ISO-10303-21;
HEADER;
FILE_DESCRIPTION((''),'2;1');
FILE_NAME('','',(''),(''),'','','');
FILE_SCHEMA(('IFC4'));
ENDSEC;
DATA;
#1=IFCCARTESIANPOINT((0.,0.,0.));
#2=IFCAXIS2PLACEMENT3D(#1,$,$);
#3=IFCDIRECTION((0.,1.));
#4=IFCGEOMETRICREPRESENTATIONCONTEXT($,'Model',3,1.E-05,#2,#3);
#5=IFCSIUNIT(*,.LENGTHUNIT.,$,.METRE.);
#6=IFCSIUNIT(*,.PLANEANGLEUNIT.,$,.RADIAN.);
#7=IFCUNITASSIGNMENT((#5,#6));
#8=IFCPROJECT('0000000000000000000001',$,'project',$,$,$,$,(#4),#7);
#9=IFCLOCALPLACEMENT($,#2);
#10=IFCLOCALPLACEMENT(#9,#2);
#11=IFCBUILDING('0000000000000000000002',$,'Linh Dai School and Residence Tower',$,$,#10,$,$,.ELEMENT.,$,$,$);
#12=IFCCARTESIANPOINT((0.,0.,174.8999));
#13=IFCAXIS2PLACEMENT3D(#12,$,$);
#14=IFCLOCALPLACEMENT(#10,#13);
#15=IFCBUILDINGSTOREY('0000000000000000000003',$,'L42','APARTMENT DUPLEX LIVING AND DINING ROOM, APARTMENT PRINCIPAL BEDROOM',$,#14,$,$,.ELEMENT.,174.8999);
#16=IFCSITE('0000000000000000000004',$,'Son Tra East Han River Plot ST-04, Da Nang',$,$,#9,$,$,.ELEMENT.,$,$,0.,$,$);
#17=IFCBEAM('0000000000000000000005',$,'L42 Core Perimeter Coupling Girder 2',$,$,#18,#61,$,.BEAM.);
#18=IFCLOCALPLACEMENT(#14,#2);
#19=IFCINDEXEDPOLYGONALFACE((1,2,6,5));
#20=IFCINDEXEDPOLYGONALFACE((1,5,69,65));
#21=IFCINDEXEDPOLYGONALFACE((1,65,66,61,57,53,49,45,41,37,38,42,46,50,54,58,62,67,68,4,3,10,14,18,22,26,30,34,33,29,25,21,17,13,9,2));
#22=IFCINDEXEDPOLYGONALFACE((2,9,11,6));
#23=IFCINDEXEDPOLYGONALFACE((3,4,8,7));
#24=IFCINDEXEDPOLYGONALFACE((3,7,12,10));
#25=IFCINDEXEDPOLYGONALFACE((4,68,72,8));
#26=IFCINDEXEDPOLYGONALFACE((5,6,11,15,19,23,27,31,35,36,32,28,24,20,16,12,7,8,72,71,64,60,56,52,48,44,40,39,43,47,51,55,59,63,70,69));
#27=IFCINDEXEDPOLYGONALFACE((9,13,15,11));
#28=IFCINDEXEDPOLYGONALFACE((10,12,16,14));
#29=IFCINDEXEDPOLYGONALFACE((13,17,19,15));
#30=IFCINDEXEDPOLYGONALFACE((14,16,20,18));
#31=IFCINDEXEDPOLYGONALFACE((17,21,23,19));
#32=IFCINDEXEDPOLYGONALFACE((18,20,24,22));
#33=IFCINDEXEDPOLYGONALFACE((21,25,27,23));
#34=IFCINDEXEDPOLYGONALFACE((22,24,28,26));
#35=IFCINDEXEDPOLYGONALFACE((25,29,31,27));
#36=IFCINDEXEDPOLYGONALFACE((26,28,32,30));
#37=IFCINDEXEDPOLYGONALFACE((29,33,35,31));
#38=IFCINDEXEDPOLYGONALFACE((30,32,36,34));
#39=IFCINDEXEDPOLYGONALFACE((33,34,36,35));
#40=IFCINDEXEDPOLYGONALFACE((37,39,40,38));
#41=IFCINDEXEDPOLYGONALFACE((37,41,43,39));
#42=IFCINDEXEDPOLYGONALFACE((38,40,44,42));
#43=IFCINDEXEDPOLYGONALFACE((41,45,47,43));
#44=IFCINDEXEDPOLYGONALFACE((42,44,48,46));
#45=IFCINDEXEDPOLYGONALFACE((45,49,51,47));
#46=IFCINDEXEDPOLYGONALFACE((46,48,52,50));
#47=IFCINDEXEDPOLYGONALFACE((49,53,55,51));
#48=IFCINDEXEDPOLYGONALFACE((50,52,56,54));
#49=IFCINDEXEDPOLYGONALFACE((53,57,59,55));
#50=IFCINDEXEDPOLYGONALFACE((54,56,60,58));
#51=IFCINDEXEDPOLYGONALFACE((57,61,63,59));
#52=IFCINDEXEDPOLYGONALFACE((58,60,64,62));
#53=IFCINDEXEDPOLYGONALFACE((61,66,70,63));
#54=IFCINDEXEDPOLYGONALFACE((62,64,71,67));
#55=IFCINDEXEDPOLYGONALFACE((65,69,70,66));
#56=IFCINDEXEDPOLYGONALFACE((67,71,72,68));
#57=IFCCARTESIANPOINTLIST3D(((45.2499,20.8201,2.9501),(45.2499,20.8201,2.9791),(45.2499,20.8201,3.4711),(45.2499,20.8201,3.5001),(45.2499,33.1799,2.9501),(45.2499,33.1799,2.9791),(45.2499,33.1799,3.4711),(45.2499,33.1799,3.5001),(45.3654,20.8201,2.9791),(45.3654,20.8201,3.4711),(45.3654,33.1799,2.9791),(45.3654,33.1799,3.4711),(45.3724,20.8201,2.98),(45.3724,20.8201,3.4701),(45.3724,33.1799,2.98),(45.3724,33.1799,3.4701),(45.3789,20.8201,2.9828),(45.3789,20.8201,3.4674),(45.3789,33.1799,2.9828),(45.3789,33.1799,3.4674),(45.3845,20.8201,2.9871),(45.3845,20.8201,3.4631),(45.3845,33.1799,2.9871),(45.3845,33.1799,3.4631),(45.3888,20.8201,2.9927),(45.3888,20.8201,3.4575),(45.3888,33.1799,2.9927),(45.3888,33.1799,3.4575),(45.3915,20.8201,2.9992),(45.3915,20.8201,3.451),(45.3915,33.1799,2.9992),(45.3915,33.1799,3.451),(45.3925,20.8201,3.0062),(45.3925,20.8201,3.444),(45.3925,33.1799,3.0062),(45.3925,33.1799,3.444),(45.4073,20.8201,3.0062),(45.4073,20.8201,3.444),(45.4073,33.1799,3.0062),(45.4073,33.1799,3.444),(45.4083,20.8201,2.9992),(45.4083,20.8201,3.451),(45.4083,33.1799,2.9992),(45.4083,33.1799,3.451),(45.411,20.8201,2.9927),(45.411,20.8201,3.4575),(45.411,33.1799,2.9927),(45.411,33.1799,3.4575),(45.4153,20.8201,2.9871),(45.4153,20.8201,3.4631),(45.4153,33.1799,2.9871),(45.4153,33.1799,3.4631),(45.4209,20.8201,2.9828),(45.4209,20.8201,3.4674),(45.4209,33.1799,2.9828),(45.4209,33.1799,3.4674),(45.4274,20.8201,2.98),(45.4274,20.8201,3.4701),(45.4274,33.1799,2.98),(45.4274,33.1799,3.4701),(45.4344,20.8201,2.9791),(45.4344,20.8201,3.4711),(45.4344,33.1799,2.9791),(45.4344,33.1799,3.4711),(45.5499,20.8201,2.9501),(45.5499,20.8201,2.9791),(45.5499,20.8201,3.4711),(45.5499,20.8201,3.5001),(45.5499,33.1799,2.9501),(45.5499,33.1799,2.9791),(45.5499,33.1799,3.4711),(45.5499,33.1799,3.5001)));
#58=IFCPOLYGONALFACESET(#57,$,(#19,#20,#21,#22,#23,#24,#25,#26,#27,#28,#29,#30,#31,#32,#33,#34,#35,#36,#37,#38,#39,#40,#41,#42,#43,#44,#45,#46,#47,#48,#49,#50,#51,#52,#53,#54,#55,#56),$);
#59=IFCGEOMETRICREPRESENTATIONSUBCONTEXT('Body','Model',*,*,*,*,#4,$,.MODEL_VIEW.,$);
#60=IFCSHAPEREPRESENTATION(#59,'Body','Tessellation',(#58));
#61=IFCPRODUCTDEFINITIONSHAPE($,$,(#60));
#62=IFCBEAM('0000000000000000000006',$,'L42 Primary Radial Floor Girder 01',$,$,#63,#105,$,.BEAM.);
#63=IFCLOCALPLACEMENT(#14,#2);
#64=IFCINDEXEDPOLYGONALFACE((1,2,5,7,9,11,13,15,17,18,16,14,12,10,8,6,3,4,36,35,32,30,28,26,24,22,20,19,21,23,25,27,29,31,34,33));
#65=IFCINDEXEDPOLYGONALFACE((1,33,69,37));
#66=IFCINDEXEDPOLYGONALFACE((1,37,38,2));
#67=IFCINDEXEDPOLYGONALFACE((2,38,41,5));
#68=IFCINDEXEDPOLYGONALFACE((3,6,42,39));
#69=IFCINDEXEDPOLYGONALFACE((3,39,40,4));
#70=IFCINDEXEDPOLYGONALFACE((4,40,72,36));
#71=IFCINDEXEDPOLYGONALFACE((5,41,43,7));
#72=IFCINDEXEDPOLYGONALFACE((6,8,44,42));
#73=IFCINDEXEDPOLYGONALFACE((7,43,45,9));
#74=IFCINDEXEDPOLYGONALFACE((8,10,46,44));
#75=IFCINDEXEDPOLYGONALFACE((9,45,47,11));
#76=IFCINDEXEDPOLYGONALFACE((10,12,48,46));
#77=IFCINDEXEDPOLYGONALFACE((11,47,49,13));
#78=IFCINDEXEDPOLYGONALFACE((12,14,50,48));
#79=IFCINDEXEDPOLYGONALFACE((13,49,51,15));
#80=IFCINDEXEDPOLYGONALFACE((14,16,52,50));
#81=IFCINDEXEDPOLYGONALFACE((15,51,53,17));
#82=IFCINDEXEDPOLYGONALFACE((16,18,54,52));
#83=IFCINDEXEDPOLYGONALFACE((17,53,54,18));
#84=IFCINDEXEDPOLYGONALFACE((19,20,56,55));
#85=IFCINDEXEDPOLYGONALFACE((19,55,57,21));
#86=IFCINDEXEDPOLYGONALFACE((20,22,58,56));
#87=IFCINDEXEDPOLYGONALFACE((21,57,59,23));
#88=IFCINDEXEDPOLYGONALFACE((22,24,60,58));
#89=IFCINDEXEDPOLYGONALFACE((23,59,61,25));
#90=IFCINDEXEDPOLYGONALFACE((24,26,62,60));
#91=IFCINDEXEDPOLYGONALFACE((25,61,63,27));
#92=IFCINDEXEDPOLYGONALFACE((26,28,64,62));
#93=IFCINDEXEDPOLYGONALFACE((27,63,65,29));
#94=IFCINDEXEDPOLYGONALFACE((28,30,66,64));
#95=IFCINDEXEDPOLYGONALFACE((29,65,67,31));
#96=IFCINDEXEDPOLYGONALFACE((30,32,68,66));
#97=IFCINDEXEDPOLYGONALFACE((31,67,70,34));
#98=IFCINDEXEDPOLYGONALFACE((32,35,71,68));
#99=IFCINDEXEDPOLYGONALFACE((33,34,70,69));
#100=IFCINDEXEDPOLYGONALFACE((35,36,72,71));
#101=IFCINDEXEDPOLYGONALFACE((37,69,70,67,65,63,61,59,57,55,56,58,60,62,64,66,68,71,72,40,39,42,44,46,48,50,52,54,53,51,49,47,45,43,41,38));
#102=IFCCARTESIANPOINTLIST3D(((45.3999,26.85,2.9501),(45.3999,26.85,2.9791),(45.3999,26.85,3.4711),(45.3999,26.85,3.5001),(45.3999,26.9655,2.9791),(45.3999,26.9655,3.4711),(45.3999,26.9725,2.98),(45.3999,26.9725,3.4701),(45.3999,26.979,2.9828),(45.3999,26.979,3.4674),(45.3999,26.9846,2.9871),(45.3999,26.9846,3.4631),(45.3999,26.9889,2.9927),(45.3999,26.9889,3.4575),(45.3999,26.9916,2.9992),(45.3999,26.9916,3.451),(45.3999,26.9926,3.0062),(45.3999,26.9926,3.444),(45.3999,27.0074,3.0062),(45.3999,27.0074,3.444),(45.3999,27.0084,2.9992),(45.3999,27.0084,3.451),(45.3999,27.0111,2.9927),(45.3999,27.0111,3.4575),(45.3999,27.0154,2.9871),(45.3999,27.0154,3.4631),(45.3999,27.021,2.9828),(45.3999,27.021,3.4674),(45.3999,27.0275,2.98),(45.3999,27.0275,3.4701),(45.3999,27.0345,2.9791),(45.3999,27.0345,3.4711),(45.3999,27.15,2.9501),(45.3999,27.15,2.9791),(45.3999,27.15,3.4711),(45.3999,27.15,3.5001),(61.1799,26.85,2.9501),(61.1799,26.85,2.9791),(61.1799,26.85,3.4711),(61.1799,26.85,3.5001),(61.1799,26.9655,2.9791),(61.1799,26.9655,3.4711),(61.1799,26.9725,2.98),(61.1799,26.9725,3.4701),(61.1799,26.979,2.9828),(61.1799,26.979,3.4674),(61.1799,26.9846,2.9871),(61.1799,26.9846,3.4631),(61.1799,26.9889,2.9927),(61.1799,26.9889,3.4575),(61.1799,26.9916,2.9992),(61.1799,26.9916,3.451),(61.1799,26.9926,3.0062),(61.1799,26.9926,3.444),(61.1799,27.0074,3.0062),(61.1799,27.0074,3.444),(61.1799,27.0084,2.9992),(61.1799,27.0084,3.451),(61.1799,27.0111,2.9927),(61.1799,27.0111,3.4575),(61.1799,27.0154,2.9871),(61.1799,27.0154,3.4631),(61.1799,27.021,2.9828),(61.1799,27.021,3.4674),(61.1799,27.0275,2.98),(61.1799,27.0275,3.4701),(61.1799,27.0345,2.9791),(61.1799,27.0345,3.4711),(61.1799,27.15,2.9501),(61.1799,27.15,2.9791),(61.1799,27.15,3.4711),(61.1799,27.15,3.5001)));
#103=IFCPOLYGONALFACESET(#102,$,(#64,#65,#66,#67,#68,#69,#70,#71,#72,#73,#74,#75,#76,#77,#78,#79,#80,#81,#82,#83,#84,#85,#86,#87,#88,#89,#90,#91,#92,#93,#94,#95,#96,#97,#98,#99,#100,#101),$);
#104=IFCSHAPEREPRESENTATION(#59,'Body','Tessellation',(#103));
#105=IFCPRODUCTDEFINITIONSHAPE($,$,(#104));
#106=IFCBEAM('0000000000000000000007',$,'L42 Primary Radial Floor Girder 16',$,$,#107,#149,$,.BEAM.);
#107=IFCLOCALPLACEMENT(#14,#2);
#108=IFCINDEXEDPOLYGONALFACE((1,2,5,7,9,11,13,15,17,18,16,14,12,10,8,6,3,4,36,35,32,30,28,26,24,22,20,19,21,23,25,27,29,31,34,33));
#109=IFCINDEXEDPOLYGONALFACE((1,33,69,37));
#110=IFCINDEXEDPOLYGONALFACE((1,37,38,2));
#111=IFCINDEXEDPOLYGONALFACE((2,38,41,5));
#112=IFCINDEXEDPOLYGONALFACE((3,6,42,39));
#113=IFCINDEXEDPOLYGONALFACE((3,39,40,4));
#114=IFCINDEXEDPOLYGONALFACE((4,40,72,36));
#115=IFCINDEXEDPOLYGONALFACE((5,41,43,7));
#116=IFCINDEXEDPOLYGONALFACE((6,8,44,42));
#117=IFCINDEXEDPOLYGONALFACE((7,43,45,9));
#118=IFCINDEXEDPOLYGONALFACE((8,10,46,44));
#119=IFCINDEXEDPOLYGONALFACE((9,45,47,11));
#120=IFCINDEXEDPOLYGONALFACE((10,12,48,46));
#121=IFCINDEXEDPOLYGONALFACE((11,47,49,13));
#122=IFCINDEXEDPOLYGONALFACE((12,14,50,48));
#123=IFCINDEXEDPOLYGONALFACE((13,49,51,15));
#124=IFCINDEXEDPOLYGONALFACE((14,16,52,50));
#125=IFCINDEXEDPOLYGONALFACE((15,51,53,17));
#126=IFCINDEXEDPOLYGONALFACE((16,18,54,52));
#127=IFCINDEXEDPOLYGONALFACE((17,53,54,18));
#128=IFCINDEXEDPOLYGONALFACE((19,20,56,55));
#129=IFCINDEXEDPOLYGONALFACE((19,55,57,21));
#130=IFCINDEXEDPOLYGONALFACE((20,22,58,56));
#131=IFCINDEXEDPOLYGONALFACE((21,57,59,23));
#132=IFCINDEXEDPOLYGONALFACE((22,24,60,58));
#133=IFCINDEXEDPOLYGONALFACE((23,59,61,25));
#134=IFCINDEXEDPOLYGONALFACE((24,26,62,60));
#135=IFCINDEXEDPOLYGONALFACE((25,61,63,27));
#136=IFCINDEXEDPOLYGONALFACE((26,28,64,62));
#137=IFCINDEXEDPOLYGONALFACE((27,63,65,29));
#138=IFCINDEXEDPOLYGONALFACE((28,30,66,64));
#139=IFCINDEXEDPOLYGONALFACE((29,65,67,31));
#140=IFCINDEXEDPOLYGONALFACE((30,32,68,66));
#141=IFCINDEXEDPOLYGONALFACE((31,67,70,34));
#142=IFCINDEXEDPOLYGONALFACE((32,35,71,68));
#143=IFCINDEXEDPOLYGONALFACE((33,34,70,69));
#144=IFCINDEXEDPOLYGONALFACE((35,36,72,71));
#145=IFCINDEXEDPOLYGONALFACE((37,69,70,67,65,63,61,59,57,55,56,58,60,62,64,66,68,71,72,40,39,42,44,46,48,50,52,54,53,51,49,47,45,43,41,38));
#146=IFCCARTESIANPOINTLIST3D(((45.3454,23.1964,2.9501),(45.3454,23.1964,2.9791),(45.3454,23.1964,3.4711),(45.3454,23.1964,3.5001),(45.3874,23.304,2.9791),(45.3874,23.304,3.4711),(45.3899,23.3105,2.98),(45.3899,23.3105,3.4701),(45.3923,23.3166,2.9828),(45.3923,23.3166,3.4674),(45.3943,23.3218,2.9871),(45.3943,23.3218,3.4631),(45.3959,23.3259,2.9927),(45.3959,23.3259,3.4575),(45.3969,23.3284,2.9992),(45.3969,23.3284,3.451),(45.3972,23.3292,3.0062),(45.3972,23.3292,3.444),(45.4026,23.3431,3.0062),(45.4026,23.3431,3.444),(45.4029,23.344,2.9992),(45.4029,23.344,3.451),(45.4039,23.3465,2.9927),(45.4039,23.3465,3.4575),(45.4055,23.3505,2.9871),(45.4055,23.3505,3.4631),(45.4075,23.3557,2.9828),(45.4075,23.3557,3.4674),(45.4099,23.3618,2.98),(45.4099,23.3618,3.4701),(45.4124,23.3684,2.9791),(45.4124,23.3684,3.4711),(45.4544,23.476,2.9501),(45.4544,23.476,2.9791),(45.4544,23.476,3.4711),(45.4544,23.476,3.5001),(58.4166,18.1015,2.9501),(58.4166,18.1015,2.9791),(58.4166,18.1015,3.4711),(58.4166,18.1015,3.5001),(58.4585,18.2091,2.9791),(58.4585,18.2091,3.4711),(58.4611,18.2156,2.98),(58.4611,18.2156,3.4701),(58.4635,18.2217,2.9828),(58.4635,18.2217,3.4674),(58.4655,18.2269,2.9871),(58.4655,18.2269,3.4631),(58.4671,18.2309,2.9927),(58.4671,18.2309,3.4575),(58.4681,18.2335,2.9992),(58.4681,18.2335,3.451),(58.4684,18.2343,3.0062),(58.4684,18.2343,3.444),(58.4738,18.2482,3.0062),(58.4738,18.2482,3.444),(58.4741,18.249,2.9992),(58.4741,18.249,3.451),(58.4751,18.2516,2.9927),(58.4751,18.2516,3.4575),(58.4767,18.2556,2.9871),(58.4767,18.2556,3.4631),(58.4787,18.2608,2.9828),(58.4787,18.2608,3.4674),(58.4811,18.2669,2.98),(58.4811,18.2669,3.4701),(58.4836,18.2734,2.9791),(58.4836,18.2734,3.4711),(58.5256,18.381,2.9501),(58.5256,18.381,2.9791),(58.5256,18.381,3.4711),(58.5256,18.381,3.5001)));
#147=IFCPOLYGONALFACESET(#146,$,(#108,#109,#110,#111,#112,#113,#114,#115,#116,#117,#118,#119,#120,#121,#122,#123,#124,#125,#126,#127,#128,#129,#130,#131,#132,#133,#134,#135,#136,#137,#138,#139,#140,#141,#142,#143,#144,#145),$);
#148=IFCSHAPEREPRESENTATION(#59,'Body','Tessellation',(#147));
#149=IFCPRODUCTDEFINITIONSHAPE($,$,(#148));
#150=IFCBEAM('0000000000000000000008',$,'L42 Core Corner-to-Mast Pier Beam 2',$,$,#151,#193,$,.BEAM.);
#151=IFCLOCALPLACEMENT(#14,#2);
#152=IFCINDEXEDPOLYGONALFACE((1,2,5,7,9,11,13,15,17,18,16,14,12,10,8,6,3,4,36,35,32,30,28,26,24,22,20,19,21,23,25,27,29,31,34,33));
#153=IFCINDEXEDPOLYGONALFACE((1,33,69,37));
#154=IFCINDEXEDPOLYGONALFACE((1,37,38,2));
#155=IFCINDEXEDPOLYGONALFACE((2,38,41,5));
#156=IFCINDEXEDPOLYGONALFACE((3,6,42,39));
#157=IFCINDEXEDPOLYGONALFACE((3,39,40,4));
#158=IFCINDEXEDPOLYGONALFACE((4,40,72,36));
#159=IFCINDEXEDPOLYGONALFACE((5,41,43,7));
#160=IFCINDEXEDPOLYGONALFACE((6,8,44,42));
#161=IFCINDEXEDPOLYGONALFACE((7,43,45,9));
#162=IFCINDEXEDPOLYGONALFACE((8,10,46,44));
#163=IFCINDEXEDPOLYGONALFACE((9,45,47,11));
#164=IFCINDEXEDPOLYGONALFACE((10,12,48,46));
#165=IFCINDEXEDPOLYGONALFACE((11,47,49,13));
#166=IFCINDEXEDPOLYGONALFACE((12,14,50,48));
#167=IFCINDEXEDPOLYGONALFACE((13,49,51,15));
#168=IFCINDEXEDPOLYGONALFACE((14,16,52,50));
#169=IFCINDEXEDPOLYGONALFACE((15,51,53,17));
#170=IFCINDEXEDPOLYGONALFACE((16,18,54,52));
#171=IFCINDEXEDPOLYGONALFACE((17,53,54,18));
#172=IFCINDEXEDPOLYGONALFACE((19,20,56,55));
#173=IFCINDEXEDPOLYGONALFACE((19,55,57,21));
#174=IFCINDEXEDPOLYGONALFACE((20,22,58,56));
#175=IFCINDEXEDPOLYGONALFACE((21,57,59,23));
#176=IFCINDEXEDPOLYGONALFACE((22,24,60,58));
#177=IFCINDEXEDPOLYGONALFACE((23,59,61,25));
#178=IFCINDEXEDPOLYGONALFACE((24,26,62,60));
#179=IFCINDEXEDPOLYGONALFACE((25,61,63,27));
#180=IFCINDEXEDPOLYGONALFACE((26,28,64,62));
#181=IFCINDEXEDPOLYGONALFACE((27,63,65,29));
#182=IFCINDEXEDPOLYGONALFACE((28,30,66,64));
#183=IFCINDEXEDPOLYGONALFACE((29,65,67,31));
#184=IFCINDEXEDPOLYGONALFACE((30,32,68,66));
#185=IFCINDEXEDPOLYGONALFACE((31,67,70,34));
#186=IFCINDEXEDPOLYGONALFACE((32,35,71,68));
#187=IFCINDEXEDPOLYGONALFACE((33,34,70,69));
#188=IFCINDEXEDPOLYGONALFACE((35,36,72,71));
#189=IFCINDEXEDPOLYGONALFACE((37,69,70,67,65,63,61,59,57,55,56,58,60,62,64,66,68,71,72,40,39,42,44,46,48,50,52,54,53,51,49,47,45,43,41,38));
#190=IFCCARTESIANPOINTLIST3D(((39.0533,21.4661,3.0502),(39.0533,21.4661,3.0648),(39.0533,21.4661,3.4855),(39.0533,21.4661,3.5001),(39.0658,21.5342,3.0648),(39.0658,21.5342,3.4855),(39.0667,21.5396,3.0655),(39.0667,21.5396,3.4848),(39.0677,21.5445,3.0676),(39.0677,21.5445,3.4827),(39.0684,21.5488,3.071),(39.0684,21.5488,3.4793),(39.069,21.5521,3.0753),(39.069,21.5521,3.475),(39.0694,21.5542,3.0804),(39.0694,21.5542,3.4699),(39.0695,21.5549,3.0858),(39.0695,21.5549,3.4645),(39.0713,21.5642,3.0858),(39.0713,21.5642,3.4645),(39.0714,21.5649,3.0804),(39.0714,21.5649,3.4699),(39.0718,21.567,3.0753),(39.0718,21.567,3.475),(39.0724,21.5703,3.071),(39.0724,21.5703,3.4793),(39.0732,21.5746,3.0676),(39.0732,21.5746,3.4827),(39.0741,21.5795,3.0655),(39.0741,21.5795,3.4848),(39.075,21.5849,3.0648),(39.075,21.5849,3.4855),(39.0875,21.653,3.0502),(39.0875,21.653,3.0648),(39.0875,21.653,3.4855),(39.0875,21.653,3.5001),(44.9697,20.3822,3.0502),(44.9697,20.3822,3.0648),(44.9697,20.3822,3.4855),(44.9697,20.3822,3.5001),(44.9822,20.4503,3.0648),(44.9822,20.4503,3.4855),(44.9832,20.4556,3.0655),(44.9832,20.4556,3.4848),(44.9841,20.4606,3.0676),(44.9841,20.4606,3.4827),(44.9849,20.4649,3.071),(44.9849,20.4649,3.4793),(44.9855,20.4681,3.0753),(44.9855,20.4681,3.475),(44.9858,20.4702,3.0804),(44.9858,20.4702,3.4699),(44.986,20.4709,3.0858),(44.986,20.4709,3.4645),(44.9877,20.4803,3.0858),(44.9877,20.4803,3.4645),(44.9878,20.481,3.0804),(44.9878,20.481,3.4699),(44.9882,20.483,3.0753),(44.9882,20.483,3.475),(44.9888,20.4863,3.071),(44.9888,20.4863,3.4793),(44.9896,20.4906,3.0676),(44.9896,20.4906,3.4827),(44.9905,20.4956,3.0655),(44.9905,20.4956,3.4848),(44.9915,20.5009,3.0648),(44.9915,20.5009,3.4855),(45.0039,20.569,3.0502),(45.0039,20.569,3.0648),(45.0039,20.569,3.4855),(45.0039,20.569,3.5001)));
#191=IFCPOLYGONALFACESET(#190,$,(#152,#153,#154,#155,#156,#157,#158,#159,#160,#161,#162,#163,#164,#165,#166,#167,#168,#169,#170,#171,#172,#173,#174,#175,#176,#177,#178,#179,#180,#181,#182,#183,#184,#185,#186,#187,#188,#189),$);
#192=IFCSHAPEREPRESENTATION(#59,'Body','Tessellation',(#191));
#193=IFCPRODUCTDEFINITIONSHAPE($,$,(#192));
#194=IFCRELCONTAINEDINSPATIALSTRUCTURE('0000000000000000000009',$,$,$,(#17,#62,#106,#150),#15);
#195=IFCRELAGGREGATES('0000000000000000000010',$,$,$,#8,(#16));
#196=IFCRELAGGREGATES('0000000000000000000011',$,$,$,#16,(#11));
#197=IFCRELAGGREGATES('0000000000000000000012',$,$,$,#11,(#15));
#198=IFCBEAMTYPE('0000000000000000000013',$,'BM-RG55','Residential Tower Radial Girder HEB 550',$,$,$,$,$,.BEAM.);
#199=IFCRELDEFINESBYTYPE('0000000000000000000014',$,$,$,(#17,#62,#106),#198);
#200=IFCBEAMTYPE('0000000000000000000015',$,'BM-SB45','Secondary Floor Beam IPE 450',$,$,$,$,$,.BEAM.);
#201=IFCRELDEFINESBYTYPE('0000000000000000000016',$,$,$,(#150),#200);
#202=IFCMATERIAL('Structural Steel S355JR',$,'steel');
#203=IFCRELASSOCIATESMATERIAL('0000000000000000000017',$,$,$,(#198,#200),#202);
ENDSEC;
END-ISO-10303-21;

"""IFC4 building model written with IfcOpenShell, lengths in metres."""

from ifc_helpers import new_model, si_unit, direction, frame, origin, origin_2d, place, context, subcontext, project, spatial, i_section, extrude, material, material_profile, profile_set, type_object, element, save


model = new_model("IFC4")

# Units and contexts
model_context = context("Model", 3, precision=1e-05, world=origin(), true_north=direction((0.0, 1.0)))
body_context = subcontext(model_context, "Body", "Model", "MODEL_VIEW")
ifc_project = project(units=[si_unit("LENGTHUNIT", "METRE"), si_unit("PLANEANGLEUNIT", "RADIAN")], contexts=[model_context])

# Site, building, storey
site_placement = place(None, origin())
site = spatial("IfcSite", under=ifc_project, at=site_placement, Name="Son Tra East Han River Plot ST-04, Da Nang", CompositionType="ELEMENT", RefElevation=0.0)
building_placement = place(site_placement, origin())
building = spatial("IfcBuilding", under=site, at=building_placement, Name="Linh Dai School and Residence Tower", CompositionType="ELEMENT")
storey_placement = place(building_placement, frame((0.0, 0.0, 174.8999)))
storey = spatial("IfcBuildingStorey", under=building, at=storey_placement, Name="L42", Description="APARTMENT DUPLEX LIVING AND DINING ROOM, APARTMENT PRINCIPAL BEDROOM", CompositionType="ELEMENT", Elevation=174.8999)

# Shared definitions
ifc_material_1 = material(Name="Structural Steel S355JR", Category="steel")

# Beams
ifc_material_profile_1 = material_profile(ifc_material_1, i_section(OverallWidth=0.3, OverallDepth=0.55, WebThickness=0.0149, FlangeThickness=0.0291, FilletRadius=0.0271, at=origin_2d()), Name="HEB 550")
ifc_profile_set_1 = profile_set([ifc_material_profile_1], Name="Structural Steel S355JR")
beam_type_1 = type_object("IfcBeamType", Name="BM-RG55", Description="Residential Tower Radial Girder HEB 550", PredefinedType="BEAM", material=ifc_profile_set_1)
beam_1_placement = place(storey_placement, frame((45.3999, 20.8201, 3.2251), z_axis=(0.0, 1.0, 0.0), x_axis=(-1.0, 0.0, 0.0)))
element("IfcBeam", 1, at=beam_1_placement, inside=storey, type_object=beam_type_1, Name="L42 Core Perimeter Coupling Girder 2", PredefinedType="BEAM", context=body_context, shape_type="SweptSolid", body=[
    extrude(i_section(OverallWidth=0.3, OverallDepth=0.55, WebThickness=0.0149, FlangeThickness=0.0291, FilletRadius=0.0271, at=origin_2d()), origin(), (0.0, 0.0, 1.0), 12.3599),
])
beam_2_placement = place(storey_placement, frame((45.3999, 27.0, 3.2251), z_axis=(1.0, 0.0, 0.0), x_axis=(0.0, 1.0, 0.0)))
element("IfcBeam", 2, at=beam_2_placement, inside=storey, type_object=beam_type_1, Name="L42 Primary Radial Floor Girder 01", PredefinedType="BEAM", context=body_context, shape_type="SweptSolid", body=[
    extrude(i_section(OverallWidth=0.3, OverallDepth=0.55, WebThickness=0.0149, FlangeThickness=0.0291, FilletRadius=0.0271, at=origin_2d()), origin(), (0.0, 0.0, 1.0), 15.78),
])
beam_3_placement = place(storey_placement, frame((45.3999, 23.3362, 3.2251), z_axis=(0.931723, -0.36317, 0.0), x_axis=(0.36317, 0.931723, 0.0)))
element("IfcBeam", 3, at=beam_3_placement, inside=storey, type_object=beam_type_1, Name="L42 Primary Radial Floor Girder 16", PredefinedType="BEAM", context=body_context, shape_type="SweptSolid", body=[
    extrude(i_section(OverallWidth=0.3, OverallDepth=0.55, WebThickness=0.0149, FlangeThickness=0.0291, FilletRadius=0.0271, at=origin_2d()), origin(), (0.0, 0.0, 1.0), 14.0291),
])
ifc_material_profile_2 = material_profile(ifc_material_1, i_section(OverallWidth=0.1899, OverallDepth=0.45, WebThickness=0.0095, FlangeThickness=0.0146, FilletRadius=0.021, at=origin_2d()), Name="IPE 450")
ifc_profile_set_2 = profile_set([ifc_material_profile_2], Name="Structural Steel S355JR")
beam_type_2 = type_object("IfcBeamType", Name="BM-SB45", Description="Secondary Floor Beam IPE 450", PredefinedType="BEAM", material=ifc_profile_set_2)
beam_4_placement = place(storey_placement, frame((44.9868, 20.4756, 3.2751), z_axis=(-0.983627, 0.180214, 0.0), x_axis=(-0.180214, -0.983627, 0.0)))
element("IfcBeam", 4, at=beam_4_placement, inside=storey, type_object=beam_type_2, Name="L42 Core Corner-to-Mast Pier Beam 2", PredefinedType="BEAM", context=body_context, shape_type="SweptSolid", body=[
    extrude(i_section(OverallWidth=0.1899, OverallDepth=0.45, WebThickness=0.0095, FlangeThickness=0.0146, FilletRadius=0.021, at=origin_2d()), origin(), (0.0, 0.0, 1.0), 6.0149),
])

save(model, "model.ifc")
